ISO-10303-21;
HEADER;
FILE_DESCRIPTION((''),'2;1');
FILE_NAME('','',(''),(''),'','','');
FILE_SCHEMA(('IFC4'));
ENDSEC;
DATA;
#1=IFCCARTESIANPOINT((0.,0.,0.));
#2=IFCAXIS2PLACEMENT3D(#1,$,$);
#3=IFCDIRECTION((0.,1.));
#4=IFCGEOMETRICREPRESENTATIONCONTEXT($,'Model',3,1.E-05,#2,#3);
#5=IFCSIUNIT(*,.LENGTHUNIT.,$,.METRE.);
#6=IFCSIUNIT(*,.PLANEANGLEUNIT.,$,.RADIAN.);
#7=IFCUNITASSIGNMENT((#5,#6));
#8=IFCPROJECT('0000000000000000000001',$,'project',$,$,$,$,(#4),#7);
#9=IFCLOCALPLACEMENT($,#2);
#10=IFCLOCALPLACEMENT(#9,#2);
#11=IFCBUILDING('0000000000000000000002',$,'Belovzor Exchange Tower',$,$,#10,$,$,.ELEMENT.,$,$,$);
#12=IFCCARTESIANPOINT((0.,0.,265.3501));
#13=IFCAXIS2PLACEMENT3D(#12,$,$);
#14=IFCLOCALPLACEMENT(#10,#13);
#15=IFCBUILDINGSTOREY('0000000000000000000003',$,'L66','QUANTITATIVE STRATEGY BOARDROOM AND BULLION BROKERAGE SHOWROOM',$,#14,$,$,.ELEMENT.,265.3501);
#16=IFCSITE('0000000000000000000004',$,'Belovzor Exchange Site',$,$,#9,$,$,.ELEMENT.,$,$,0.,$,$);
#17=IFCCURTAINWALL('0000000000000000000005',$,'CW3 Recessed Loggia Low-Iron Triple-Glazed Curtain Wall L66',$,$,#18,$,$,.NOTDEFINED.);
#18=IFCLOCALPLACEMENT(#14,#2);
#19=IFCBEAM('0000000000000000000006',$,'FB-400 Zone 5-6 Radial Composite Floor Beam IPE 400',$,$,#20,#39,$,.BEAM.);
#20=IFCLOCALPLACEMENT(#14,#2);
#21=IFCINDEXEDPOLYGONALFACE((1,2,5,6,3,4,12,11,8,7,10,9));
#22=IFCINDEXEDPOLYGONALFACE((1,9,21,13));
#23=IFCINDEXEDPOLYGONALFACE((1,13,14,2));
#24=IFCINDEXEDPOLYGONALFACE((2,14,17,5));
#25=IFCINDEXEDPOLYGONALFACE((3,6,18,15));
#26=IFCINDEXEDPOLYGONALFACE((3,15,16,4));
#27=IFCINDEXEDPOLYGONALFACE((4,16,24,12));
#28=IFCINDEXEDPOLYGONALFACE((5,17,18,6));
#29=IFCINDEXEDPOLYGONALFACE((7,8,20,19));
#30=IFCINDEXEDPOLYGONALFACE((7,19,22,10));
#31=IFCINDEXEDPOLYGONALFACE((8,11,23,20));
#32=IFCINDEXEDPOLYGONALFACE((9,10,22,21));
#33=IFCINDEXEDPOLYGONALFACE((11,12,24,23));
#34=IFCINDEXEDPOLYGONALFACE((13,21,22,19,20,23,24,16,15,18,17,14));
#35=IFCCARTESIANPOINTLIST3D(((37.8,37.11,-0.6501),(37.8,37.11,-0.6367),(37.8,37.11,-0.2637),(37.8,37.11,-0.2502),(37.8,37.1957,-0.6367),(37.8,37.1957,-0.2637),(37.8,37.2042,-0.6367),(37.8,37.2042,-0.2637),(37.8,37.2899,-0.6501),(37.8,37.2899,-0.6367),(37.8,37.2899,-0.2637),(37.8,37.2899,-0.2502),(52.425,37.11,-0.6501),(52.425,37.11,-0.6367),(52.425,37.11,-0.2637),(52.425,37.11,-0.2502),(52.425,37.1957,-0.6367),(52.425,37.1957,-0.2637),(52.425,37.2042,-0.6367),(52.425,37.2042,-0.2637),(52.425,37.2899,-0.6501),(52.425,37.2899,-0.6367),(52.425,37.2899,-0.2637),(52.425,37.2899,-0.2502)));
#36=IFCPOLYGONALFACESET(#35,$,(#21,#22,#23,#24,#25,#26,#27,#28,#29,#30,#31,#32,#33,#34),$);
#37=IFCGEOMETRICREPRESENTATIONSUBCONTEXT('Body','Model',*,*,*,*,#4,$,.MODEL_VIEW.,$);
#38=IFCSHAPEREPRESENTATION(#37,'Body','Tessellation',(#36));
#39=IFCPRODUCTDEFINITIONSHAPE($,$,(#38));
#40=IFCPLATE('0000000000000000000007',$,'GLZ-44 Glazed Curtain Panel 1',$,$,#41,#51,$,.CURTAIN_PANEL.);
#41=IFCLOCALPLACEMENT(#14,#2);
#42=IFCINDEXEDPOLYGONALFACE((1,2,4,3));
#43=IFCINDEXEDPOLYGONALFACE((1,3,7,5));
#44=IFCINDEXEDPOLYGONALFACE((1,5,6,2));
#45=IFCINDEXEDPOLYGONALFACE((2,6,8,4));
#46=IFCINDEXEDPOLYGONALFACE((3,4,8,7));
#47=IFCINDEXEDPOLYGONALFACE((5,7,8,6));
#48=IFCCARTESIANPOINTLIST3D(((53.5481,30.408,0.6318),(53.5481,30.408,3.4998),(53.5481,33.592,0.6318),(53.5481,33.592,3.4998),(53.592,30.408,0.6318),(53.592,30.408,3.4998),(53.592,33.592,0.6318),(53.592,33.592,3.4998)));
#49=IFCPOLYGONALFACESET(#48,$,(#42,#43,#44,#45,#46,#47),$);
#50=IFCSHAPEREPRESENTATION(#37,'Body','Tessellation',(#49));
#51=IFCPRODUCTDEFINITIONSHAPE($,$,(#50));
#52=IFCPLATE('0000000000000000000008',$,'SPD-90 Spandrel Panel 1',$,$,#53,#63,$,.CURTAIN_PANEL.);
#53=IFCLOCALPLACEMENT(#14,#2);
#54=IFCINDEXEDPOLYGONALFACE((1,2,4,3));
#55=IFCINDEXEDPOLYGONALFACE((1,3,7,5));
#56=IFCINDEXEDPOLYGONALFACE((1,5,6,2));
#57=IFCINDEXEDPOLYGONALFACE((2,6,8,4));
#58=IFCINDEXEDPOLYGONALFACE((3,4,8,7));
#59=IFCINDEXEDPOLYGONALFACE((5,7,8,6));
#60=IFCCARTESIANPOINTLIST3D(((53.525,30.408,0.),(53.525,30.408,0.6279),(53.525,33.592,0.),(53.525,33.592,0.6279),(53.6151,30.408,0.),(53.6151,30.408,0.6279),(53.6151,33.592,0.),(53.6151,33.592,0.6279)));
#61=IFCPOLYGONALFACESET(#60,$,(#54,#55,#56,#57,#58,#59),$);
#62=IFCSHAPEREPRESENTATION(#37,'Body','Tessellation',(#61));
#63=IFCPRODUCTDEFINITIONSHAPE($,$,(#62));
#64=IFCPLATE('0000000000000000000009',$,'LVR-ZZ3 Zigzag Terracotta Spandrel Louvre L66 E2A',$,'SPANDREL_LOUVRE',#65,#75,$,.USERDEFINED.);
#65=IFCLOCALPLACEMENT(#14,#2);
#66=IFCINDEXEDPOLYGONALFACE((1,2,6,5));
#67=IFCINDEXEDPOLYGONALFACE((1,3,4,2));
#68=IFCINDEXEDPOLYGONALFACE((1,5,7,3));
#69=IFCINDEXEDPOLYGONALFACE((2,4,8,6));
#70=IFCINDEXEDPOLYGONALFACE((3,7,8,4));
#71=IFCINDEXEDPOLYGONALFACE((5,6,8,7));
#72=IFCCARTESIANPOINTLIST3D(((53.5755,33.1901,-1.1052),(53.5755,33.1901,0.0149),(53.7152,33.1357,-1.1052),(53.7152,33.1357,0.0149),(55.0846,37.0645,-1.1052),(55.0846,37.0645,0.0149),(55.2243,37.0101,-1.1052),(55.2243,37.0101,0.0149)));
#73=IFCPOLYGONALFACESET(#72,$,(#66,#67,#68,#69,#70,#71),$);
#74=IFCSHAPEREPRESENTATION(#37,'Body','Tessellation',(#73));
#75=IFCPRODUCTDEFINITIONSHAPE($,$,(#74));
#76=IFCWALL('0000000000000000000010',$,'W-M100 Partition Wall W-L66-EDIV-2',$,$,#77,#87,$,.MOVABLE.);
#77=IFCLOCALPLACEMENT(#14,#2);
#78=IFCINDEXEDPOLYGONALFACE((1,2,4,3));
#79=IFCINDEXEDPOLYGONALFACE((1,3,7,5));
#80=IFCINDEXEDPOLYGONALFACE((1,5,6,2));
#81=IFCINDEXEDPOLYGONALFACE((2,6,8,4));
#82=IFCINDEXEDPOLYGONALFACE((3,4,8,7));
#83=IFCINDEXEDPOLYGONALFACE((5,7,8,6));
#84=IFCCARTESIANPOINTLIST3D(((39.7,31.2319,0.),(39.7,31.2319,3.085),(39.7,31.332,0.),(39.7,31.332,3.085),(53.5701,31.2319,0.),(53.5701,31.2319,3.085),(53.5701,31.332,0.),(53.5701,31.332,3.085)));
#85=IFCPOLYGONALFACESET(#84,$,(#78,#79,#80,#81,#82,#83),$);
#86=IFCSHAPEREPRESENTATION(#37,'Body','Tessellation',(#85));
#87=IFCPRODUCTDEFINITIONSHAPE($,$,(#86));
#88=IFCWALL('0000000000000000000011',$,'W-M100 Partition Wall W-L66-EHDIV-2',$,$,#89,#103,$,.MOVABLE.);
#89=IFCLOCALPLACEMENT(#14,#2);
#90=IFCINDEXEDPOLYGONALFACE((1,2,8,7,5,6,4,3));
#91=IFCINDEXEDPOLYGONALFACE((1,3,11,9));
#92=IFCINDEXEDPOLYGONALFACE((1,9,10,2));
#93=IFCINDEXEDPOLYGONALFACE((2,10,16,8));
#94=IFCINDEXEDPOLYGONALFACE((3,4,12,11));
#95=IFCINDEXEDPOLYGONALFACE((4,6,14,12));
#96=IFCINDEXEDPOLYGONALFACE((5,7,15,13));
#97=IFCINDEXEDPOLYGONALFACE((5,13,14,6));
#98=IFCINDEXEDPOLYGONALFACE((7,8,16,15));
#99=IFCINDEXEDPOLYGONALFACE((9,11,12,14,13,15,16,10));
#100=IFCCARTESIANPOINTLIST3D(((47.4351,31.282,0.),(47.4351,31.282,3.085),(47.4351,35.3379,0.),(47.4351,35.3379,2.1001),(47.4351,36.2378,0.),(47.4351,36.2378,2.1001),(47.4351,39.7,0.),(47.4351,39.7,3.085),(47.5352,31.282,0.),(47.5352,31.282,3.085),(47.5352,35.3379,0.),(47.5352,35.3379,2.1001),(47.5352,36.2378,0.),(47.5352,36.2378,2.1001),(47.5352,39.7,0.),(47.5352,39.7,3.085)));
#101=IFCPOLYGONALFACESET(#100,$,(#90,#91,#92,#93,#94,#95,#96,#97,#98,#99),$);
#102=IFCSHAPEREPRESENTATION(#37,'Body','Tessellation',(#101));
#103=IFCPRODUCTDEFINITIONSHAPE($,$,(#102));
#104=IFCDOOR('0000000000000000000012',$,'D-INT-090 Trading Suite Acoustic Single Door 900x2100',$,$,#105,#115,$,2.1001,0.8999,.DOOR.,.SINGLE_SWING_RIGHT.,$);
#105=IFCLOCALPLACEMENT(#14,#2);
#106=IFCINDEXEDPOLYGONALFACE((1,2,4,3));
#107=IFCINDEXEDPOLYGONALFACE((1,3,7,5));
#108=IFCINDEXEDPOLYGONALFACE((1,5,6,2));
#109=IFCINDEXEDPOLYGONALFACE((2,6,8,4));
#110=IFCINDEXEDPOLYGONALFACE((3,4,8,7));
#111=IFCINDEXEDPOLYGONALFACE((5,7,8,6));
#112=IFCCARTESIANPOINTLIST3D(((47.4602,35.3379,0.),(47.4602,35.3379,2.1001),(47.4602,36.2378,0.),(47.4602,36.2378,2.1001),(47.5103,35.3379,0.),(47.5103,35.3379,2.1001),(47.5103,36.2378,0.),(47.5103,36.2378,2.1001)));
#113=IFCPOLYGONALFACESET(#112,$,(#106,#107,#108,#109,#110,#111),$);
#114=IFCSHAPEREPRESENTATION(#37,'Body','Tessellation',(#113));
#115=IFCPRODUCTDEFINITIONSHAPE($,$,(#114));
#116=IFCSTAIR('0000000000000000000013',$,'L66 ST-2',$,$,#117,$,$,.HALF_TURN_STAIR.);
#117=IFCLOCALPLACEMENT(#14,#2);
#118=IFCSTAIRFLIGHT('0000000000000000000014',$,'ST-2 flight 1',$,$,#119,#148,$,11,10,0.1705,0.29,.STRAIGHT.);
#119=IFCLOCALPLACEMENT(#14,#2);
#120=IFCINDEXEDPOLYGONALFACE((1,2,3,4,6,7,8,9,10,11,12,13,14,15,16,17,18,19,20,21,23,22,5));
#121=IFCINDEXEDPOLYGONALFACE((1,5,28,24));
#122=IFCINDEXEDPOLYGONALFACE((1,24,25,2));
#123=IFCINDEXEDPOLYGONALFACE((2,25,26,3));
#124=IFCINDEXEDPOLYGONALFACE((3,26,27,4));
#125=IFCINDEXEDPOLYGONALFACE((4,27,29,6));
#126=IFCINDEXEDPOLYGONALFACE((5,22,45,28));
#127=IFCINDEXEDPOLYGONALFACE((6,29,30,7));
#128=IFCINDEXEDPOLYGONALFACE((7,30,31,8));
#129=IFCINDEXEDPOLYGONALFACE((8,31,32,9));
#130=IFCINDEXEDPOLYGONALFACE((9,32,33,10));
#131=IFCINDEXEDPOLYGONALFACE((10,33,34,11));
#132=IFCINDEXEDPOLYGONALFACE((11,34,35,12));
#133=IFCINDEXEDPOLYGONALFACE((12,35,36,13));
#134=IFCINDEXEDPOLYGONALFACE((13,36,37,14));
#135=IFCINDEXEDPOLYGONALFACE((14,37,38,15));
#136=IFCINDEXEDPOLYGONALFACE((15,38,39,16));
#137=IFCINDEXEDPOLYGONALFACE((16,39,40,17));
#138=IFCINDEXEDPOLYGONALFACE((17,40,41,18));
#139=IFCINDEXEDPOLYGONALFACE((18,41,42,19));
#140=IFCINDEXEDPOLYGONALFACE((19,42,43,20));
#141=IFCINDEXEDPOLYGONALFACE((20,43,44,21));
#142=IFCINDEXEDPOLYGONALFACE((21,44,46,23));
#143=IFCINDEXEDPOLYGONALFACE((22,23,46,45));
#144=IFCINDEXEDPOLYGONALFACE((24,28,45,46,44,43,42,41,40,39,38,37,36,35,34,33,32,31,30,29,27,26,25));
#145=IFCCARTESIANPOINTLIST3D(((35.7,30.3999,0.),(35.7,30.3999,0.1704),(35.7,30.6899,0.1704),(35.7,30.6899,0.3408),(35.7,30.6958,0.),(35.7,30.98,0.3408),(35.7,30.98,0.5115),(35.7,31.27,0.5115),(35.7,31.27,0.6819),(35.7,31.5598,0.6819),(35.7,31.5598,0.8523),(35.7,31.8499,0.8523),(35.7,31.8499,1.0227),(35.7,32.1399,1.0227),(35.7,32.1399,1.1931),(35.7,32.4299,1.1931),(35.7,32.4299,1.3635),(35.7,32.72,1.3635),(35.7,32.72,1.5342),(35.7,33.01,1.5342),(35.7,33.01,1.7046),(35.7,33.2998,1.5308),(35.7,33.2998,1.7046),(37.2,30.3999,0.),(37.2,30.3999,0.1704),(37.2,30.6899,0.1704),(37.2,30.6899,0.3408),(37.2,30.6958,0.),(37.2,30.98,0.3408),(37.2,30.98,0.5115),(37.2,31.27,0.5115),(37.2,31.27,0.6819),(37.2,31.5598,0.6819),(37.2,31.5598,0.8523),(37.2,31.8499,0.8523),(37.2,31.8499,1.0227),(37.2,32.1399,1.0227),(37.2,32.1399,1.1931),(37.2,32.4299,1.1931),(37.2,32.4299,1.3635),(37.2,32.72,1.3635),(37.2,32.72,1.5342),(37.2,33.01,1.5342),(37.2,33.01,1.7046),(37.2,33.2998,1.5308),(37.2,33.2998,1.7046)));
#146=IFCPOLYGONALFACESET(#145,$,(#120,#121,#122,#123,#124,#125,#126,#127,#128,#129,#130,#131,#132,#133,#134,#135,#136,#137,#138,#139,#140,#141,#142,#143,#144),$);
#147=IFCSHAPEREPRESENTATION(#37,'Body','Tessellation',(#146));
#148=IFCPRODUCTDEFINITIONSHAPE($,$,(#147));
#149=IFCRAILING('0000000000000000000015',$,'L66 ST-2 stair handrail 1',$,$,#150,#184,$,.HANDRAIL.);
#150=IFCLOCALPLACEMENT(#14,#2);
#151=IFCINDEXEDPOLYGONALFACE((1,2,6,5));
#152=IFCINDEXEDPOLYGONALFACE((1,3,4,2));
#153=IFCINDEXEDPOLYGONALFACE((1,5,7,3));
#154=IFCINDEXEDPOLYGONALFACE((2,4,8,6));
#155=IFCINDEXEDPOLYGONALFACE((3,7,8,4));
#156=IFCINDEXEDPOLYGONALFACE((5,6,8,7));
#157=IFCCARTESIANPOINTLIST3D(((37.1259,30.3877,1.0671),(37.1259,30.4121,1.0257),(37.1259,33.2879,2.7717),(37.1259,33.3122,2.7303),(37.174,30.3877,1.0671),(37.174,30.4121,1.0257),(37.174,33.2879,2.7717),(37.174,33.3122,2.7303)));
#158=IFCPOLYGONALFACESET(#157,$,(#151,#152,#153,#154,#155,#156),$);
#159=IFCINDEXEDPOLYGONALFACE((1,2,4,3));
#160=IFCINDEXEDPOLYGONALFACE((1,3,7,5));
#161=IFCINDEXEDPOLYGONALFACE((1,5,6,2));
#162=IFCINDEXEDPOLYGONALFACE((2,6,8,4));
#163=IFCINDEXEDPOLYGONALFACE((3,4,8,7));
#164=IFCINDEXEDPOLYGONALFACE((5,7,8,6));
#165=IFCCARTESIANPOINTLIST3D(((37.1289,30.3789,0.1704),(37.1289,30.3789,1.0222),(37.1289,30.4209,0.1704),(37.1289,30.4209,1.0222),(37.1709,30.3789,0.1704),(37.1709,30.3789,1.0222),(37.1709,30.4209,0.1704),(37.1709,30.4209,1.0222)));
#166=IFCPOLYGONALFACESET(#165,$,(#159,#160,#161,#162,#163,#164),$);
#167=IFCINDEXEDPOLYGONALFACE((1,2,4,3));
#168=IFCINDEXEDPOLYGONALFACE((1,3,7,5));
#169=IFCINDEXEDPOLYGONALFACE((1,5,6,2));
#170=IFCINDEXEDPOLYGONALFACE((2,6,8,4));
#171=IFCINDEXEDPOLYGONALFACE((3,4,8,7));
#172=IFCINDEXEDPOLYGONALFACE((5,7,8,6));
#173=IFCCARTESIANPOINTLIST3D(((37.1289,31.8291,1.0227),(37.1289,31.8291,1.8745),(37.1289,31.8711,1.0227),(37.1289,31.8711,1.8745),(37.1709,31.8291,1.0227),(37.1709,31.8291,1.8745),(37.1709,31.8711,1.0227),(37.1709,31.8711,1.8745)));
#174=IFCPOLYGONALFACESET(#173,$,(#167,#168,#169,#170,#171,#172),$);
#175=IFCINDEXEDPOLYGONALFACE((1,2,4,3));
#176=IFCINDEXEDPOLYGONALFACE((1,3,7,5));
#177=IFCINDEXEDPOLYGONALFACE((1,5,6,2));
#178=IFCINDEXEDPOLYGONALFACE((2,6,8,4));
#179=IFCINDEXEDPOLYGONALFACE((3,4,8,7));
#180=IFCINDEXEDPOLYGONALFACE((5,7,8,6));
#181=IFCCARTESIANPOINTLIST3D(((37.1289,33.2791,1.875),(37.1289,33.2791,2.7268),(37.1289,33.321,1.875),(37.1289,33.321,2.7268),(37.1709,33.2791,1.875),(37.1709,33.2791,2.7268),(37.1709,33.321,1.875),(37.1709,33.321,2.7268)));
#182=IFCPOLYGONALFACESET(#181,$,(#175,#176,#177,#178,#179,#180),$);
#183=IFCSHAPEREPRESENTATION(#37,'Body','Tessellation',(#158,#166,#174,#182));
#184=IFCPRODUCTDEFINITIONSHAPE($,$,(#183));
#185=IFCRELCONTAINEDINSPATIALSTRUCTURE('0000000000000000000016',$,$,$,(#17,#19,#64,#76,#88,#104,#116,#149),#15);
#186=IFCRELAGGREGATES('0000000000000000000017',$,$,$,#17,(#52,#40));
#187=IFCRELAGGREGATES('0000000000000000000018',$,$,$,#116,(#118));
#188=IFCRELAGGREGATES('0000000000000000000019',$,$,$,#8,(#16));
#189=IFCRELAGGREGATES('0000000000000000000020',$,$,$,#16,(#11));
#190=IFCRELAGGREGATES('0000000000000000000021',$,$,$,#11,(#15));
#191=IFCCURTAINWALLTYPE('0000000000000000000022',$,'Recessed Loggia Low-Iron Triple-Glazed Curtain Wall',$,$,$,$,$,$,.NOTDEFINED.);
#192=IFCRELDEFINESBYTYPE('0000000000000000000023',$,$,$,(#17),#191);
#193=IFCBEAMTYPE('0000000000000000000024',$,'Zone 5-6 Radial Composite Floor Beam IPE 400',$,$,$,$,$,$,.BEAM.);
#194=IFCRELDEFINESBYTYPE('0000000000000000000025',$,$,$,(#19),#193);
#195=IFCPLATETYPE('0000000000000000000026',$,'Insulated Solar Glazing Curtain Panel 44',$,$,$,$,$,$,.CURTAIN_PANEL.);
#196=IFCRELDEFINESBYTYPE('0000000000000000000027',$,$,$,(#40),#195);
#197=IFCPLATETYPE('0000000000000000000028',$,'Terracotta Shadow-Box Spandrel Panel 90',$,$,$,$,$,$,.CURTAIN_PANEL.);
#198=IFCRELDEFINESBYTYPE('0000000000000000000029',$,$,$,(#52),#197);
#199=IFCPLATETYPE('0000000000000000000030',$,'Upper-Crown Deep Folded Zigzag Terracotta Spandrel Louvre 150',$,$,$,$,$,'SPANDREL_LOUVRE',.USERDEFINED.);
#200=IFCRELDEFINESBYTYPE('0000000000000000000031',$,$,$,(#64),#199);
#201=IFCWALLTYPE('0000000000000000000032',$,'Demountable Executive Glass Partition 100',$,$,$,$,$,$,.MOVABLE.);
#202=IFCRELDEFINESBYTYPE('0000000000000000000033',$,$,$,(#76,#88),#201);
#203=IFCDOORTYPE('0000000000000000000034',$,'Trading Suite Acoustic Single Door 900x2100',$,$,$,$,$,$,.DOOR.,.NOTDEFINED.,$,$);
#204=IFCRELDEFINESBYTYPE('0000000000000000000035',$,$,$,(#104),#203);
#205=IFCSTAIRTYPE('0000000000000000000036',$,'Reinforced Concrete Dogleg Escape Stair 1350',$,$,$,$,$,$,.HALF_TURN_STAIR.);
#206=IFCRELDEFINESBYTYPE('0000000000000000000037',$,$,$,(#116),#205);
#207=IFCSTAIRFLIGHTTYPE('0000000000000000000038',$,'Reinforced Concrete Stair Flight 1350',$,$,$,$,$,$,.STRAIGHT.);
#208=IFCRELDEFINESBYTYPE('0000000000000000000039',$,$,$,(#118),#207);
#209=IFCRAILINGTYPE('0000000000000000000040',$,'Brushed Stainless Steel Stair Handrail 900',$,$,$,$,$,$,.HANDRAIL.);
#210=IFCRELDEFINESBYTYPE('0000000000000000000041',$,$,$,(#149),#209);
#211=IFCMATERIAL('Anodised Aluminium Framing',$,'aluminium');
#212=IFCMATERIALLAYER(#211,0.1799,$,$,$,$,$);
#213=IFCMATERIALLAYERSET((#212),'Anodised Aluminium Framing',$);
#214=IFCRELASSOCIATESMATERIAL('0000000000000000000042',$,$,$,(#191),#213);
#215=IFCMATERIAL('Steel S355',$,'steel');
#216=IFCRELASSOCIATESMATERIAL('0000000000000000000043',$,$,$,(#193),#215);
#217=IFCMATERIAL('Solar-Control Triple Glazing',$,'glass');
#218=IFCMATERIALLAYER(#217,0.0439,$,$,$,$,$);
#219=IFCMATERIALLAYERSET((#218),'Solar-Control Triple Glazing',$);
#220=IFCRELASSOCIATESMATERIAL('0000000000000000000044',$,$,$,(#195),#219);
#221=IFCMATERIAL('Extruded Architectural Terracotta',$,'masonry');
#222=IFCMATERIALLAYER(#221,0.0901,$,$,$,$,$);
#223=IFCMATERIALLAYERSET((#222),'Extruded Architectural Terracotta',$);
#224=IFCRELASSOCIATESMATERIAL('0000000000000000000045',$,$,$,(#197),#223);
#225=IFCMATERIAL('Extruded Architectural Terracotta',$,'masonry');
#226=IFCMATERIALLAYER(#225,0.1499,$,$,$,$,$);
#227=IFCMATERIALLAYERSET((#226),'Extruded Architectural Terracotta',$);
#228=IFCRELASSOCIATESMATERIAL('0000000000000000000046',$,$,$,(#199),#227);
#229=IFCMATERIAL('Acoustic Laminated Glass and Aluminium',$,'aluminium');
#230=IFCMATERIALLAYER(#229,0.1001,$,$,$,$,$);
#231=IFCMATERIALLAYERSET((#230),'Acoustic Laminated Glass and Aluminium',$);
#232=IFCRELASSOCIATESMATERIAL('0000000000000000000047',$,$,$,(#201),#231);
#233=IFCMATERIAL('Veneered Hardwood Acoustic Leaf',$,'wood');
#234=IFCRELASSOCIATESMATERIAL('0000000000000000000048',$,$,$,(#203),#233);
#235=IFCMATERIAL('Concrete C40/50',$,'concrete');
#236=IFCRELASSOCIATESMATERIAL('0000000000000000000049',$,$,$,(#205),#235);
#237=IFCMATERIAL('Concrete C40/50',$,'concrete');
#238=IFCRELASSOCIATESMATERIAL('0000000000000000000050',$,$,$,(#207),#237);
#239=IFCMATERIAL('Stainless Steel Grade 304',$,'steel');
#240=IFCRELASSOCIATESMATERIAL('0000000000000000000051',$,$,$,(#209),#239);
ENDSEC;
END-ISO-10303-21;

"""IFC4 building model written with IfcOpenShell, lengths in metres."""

from ifc_helpers import new_model, si_unit, direction, frame, frame_2d, origin, origin_2d, place, context, subcontext, project, spatial, polyline, rectangle, i_section, outline, extrude, material, layer, layer_set, material_profile, profile_set, type_object, element, fill, aggregate, save


model = new_model("IFC4")

# Units and contexts
model_context = context("Model", 3, precision=1e-05, world=origin(), true_north=direction((0.0, 1.0)))
body_context = subcontext(model_context, "Body", "Model", "MODEL_VIEW")
ifc_project = project(units=[si_unit("LENGTHUNIT", "METRE"), si_unit("PLANEANGLEUNIT", "RADIAN")], contexts=[model_context])

# Site, building, storey
site_placement = place(None, origin())
site = spatial("IfcSite", under=ifc_project, at=site_placement, Name="Belovzor Exchange Site", CompositionType="ELEMENT", RefElevation=0.0)
building_placement = place(site_placement, origin())
building = spatial("IfcBuilding", under=site, at=building_placement, Name="Belovzor Exchange Tower", CompositionType="ELEMENT")
storey_placement = place(building_placement, frame((0.0, 0.0, 265.3501)))
storey = spatial("IfcBuildingStorey", under=building, at=storey_placement, Name="L66", Description="QUANTITATIVE STRATEGY BOARDROOM AND BULLION BROKERAGE SHOWROOM", CompositionType="ELEMENT", Elevation=265.3501)

# Curtain wall
ifc_material_1 = material(Name="Anodised Aluminium Framing", Category="aluminium")
ifc_layer_1 = layer(ifc_material_1, 0.1799)
ifc_layer_set_1 = layer_set([ifc_layer_1], Name="Anodised Aluminium Framing")
curtain_wall_type = type_object("IfcCurtainWallType", Name="Recessed Loggia Low-Iron Triple-Glazed Curtain Wall", PredefinedType="NOTDEFINED", material=ifc_layer_set_1)
curtain_wall_placement = place(storey_placement, origin())
curtain_wall = element("IfcCurtainWall", 1, at=curtain_wall_placement, inside=storey, type_object=curtain_wall_type, Name="CW3 Recessed Loggia Low-Iron Triple-Glazed Curtain Wall L66", PredefinedType="NOTDEFINED")

# Beam
ifc_material_2 = material(Name="Steel S355", Category="steel")
ifc_material_profile_1 = material_profile(ifc_material_2, i_section(OverallWidth=0.1799, OverallDepth=0.3999, WebThickness=0.0085, FlangeThickness=0.0134, at=origin_2d()))
ifc_profile_set_1 = profile_set([ifc_material_profile_1], Name="Steel S355")
beam_type_1 = type_object("IfcBeamType", Name="Zone 5-6 Radial Composite Floor Beam IPE 400", PredefinedType="BEAM", material=ifc_profile_set_1)
beam_1_placement = place(storey_placement, frame((37.8, 37.2, -0.4502), z_axis=(1.0, 0.0, 0.0), x_axis=(0.0, 1.0, 0.0)))
element("IfcBeam", 2, at=beam_1_placement, inside=storey, type_object=beam_type_1, Name="FB-400 Zone 5-6 Radial Composite Floor Beam IPE 400", PredefinedType="BEAM", context=body_context, shape_type="SweptSolid", body=[
    extrude(i_section(OverallWidth=0.1799, OverallDepth=0.3999, WebThickness=0.0085, FlangeThickness=0.0134, at=origin_2d()), origin(), (0.0, 0.0, 1.0), 14.625),
])

# Plates
ifc_material_3 = material(Name="Solar-Control Triple Glazing", Category="glass")
ifc_layer_2 = layer(ifc_material_3, 0.0439)
ifc_layer_set_2 = layer_set([ifc_layer_2], Name="Solar-Control Triple Glazing")
plate_type_1 = type_object("IfcPlateType", Name="Insulated Solar Glazing Curtain Panel 44", PredefinedType="CURTAIN_PANEL", material=ifc_layer_set_2)
plate_1_placement = place(storey_placement, frame((53.5701, 32.0, 0.6318), z_axis=(0.0, 0.0, 1.0), x_axis=(0.0, -1.0, 0.0)))
plate_1 = element("IfcPlate", 3, at=plate_1_placement, type_object=plate_type_1, Name="GLZ-44 Glazed Curtain Panel 1", PredefinedType="CURTAIN_PANEL", context=body_context, shape_type="SweptSolid", body=[
    extrude(rectangle(XDim=3.1841, YDim=0.0439, at=origin_2d()), origin(), (0.0, 0.0, 1.0), 2.8679),
])
ifc_material_4 = material(Name="Extruded Architectural Terracotta", Category="masonry")
ifc_layer_3 = layer(ifc_material_4, 0.0901)
ifc_layer_set_3 = layer_set([ifc_layer_3], Name="Extruded Architectural Terracotta")
plate_type_2 = type_object("IfcPlateType", Name="Terracotta Shadow-Box Spandrel Panel 90", PredefinedType="CURTAIN_PANEL", material=ifc_layer_set_3)
plate_2_placement = place(storey_placement, frame((53.5701, 32.0, 0.0), z_axis=(0.0, 0.0, 1.0), x_axis=(0.0, -1.0, 0.0)))
plate_2 = element("IfcPlate", 4, at=plate_2_placement, type_object=plate_type_2, Name="SPD-90 Spandrel Panel 1", PredefinedType="CURTAIN_PANEL", context=body_context, shape_type="SweptSolid", body=[
    extrude(rectangle(XDim=3.1841, YDim=0.0901, at=origin_2d()), origin(), (0.0, 0.0, 1.0), 0.6279),
])
aggregate(curtain_wall, [plate_2, plate_1])
ifc_material_5 = material(Name="Extruded Architectural Terracotta", Category="masonry")
ifc_layer_4 = layer(ifc_material_5, 0.1499)
ifc_layer_set_4 = layer_set([ifc_layer_4], Name="Extruded Architectural Terracotta")
plate_type_3 = type_object("IfcPlateType", Name="Upper-Crown Deep Folded Zigzag Terracotta Spandrel Louvre 150", ElementType="SPANDREL_LOUVRE", PredefinedType="USERDEFINED", material=ifc_layer_set_4)
plate_3_placement = place(storey_placement, frame((54.3999, 35.1001, -1.1052), z_axis=(0.0, 0.0, 1.0), x_axis=(0.362926, 0.931818, 0.0)))
element("IfcPlate", 5, at=plate_3_placement, inside=storey, type_object=plate_type_3, Name="LVR-ZZ3 Zigzag Terracotta Spandrel Louvre L66 E2A", ObjectType="SPANDREL_LOUVRE", PredefinedType="USERDEFINED", context=body_context, shape_type="SweptSolid", body=[
    extrude(rectangle(XDim=4.158, YDim=0.1499, at=origin_2d()), origin(), (0.0, 0.0, 1.0), 1.1201),
])

# Wall
ifc_material_6 = material(Name="Acoustic Laminated Glass and Aluminium", Category="aluminium")
ifc_layer_5 = layer(ifc_material_6, 0.1001)
ifc_layer_set_5 = layer_set([ifc_layer_5], Name="Acoustic Laminated Glass and Aluminium")
wall_type = type_object("IfcWallType", Name="Demountable Executive Glass Partition 100", PredefinedType="MOVABLE", material=ifc_layer_set_5)
wall_1_placement = place(storey_placement, frame((39.7, 31.282, 0.0), z_axis=(0.0, 0.0, 1.0), x_axis=(1.0, 0.0, 0.0)))
element("IfcWall", 6, at=wall_1_placement, inside=storey, type_object=wall_type, Name="W-M100 Partition Wall W-L66-EDIV-2", PredefinedType="MOVABLE", context=body_context, shape_type="SweptSolid", body=[
    extrude(rectangle(XDim=13.8701, YDim=0.1001, at=frame_2d((6.9351, 0.0))), origin(), (0.0, 0.0, 1.0), 3.085),
])

# Wall, opening, door
wall_2_placement = place(storey_placement, frame((47.4851, 31.282, 0.0), z_axis=(0.0, 0.0, 1.0), x_axis=(0.0, 1.0, 0.0)))
wall_2 = element("IfcWall", 7, at=wall_2_placement, inside=storey, type_object=wall_type, Name="W-M100 Partition Wall W-L66-EHDIV-2", PredefinedType="MOVABLE", context=body_context, shape_type="SweptSolid", body=[
    extrude(rectangle(XDim=8.418, YDim=0.1001, at=frame_2d((4.209, 0.0))), origin(), (0.0, 0.0, 1.0), 3.085),
])
opening_placement = place(wall_2_placement, frame((4.0559, 0.0, 0.0)))
opening = element("IfcOpeningElement", 8, at=opening_placement, cuts=wall_2, PredefinedType="OPENING", context=body_context, shape_type="SweptSolid", body=[
    extrude(rectangle(XDim=0.8999, YDim=2.1001, at=frame_2d((0.45, 1.05))), frame((0.0, 0.0601, 0.0), z_axis=(0.0, -1.0, 0.0), x_axis=(1.0, 0.0, 0.0)), (0.0, 0.0, 1.0), 0.1201),
])
ifc_material_7 = material(Name="Veneered Hardwood Acoustic Leaf", Category="wood")
door_type = type_object("IfcDoorType", Name="Trading Suite Acoustic Single Door 900x2100", OperationType="NOTDEFINED", PredefinedType="DOOR", material=ifc_material_7)
door_placement = place(opening_placement, origin())
door = element("IfcDoor", 9, at=door_placement, inside=storey, type_object=door_type, Name="D-INT-090 Trading Suite Acoustic Single Door 900x2100", OperationType="SINGLE_SWING_RIGHT", OverallHeight=2.1001, OverallWidth=0.8999, PredefinedType="DOOR", context=body_context, shape_type="SweptSolid", body=[
    extrude(rectangle(XDim=0.8999, YDim=2.1001, at=frame_2d((0.45, 1.05))), frame((0.0, 0.0249, 0.0), z_axis=(0.0, -1.0, 0.0), x_axis=(1.0, 0.0, 0.0)), (0.0, 0.0, 1.0), 0.05),
])
fill(opening, door)

# Stair, stair flight
ifc_material_8 = material(Name="Concrete C40/50", Category="concrete")
stair_type = type_object("IfcStairType", Name="Reinforced Concrete Dogleg Escape Stair 1350", PredefinedType="HALF_TURN_STAIR", material=ifc_material_8)
stair_placement = place(storey_placement, origin())
stair = element("IfcStair", 10, at=stair_placement, inside=storey, type_object=stair_type, Name="L66 ST-2", PredefinedType="HALF_TURN_STAIR")
ifc_material_9 = material(Name="Concrete C40/50", Category="concrete")
stair_flight_type = type_object("IfcStairFlightType", Name="Reinforced Concrete Stair Flight 1350", PredefinedType="STRAIGHT", material=ifc_material_9)
stair_flight_placement = place(storey_placement, frame((36.45, 30.3999, 0.0), z_axis=(0.0, 0.0, 1.0), x_axis=(0.0, 1.0, 0.0)))
stair_flight = element("IfcStairFlight", 11, at=stair_flight_placement, type_object=stair_flight_type, Name="ST-2 flight 1", NumberOfRisers=11, NumberOfTreads=10, PredefinedType="STRAIGHT", RiserHeight=0.1705, TreadLength=0.29, context=body_context, shape_type="SweptSolid", body=[
    extrude(outline(polyline([(0.0, 0.0), (0.0, 0.1704), (0.29, 0.1704), (0.29, 0.3408), (0.5801, 0.3408), (0.5801, 0.5115), (0.8701, 0.5115), (0.8701, 0.6819), (1.1599, 0.6819), (1.1599, 0.8523), (1.45, 0.8523), (1.45, 1.0227), (1.74, 1.0227), (1.74, 1.1931), (2.03, 1.1931), (2.03, 1.3635), (2.3201, 1.3635), (2.3201, 1.5342), (2.6101, 1.5342), (2.6101, 1.7046), (2.8999, 1.7046), (2.8999, 1.875), (2.8999, 1.5308), (0.2959, 0.0), (0.0, 0.0)])), frame((0.0, 0.75, 0.0), z_axis=(0.0, -1.0, 0.0), x_axis=(1.0, 0.0, 0.0)), (0.0, 0.0, 1.0), 1.5),
])
aggregate(stair, [stair_flight])

# Railing
ifc_material_10 = material(Name="Stainless Steel Grade 304", Category="steel")
railing_type = type_object("IfcRailingType", Name="Brushed Stainless Steel Stair Handrail 900", PredefinedType="HANDRAIL", material=ifc_material_10)
railing_placement = place(storey_placement, frame((37.1499, 30.3999, 0.1704)))
element("IfcRailing", 12, at=railing_placement, inside=storey, type_object=railing_type, Name="L66 ST-2 stair handrail 1", PredefinedType="HANDRAIL", context=body_context, shape_type="SweptSolid", body=[
    extrude(rectangle(XDim=0.0481, YDim=0.0481, at=origin_2d()), frame((0.0, 0.0, 0.876), z_axis=(0.0, 0.862113, 0.506716), x_axis=(-1.0, 0.0, 0.0)), (0.0, 0.0, 1.0), 3.364),
    extrude(rectangle(XDim=0.042, YDim=0.042, at=origin_2d()), origin(), (0.0, 0.0, 1.0), 0.8518),
    extrude(rectangle(XDim=0.042, YDim=0.042, at=origin_2d()), frame((0.0, 1.4502, 0.8523)), (0.0, 0.0, 1.0), 0.8518),
    extrude(rectangle(XDim=0.042, YDim=0.042, at=origin_2d()), frame((0.0, 2.9001, 1.7046)), (0.0, 0.0, 1.0), 0.8518),
])

save(model, "model.ifc")
